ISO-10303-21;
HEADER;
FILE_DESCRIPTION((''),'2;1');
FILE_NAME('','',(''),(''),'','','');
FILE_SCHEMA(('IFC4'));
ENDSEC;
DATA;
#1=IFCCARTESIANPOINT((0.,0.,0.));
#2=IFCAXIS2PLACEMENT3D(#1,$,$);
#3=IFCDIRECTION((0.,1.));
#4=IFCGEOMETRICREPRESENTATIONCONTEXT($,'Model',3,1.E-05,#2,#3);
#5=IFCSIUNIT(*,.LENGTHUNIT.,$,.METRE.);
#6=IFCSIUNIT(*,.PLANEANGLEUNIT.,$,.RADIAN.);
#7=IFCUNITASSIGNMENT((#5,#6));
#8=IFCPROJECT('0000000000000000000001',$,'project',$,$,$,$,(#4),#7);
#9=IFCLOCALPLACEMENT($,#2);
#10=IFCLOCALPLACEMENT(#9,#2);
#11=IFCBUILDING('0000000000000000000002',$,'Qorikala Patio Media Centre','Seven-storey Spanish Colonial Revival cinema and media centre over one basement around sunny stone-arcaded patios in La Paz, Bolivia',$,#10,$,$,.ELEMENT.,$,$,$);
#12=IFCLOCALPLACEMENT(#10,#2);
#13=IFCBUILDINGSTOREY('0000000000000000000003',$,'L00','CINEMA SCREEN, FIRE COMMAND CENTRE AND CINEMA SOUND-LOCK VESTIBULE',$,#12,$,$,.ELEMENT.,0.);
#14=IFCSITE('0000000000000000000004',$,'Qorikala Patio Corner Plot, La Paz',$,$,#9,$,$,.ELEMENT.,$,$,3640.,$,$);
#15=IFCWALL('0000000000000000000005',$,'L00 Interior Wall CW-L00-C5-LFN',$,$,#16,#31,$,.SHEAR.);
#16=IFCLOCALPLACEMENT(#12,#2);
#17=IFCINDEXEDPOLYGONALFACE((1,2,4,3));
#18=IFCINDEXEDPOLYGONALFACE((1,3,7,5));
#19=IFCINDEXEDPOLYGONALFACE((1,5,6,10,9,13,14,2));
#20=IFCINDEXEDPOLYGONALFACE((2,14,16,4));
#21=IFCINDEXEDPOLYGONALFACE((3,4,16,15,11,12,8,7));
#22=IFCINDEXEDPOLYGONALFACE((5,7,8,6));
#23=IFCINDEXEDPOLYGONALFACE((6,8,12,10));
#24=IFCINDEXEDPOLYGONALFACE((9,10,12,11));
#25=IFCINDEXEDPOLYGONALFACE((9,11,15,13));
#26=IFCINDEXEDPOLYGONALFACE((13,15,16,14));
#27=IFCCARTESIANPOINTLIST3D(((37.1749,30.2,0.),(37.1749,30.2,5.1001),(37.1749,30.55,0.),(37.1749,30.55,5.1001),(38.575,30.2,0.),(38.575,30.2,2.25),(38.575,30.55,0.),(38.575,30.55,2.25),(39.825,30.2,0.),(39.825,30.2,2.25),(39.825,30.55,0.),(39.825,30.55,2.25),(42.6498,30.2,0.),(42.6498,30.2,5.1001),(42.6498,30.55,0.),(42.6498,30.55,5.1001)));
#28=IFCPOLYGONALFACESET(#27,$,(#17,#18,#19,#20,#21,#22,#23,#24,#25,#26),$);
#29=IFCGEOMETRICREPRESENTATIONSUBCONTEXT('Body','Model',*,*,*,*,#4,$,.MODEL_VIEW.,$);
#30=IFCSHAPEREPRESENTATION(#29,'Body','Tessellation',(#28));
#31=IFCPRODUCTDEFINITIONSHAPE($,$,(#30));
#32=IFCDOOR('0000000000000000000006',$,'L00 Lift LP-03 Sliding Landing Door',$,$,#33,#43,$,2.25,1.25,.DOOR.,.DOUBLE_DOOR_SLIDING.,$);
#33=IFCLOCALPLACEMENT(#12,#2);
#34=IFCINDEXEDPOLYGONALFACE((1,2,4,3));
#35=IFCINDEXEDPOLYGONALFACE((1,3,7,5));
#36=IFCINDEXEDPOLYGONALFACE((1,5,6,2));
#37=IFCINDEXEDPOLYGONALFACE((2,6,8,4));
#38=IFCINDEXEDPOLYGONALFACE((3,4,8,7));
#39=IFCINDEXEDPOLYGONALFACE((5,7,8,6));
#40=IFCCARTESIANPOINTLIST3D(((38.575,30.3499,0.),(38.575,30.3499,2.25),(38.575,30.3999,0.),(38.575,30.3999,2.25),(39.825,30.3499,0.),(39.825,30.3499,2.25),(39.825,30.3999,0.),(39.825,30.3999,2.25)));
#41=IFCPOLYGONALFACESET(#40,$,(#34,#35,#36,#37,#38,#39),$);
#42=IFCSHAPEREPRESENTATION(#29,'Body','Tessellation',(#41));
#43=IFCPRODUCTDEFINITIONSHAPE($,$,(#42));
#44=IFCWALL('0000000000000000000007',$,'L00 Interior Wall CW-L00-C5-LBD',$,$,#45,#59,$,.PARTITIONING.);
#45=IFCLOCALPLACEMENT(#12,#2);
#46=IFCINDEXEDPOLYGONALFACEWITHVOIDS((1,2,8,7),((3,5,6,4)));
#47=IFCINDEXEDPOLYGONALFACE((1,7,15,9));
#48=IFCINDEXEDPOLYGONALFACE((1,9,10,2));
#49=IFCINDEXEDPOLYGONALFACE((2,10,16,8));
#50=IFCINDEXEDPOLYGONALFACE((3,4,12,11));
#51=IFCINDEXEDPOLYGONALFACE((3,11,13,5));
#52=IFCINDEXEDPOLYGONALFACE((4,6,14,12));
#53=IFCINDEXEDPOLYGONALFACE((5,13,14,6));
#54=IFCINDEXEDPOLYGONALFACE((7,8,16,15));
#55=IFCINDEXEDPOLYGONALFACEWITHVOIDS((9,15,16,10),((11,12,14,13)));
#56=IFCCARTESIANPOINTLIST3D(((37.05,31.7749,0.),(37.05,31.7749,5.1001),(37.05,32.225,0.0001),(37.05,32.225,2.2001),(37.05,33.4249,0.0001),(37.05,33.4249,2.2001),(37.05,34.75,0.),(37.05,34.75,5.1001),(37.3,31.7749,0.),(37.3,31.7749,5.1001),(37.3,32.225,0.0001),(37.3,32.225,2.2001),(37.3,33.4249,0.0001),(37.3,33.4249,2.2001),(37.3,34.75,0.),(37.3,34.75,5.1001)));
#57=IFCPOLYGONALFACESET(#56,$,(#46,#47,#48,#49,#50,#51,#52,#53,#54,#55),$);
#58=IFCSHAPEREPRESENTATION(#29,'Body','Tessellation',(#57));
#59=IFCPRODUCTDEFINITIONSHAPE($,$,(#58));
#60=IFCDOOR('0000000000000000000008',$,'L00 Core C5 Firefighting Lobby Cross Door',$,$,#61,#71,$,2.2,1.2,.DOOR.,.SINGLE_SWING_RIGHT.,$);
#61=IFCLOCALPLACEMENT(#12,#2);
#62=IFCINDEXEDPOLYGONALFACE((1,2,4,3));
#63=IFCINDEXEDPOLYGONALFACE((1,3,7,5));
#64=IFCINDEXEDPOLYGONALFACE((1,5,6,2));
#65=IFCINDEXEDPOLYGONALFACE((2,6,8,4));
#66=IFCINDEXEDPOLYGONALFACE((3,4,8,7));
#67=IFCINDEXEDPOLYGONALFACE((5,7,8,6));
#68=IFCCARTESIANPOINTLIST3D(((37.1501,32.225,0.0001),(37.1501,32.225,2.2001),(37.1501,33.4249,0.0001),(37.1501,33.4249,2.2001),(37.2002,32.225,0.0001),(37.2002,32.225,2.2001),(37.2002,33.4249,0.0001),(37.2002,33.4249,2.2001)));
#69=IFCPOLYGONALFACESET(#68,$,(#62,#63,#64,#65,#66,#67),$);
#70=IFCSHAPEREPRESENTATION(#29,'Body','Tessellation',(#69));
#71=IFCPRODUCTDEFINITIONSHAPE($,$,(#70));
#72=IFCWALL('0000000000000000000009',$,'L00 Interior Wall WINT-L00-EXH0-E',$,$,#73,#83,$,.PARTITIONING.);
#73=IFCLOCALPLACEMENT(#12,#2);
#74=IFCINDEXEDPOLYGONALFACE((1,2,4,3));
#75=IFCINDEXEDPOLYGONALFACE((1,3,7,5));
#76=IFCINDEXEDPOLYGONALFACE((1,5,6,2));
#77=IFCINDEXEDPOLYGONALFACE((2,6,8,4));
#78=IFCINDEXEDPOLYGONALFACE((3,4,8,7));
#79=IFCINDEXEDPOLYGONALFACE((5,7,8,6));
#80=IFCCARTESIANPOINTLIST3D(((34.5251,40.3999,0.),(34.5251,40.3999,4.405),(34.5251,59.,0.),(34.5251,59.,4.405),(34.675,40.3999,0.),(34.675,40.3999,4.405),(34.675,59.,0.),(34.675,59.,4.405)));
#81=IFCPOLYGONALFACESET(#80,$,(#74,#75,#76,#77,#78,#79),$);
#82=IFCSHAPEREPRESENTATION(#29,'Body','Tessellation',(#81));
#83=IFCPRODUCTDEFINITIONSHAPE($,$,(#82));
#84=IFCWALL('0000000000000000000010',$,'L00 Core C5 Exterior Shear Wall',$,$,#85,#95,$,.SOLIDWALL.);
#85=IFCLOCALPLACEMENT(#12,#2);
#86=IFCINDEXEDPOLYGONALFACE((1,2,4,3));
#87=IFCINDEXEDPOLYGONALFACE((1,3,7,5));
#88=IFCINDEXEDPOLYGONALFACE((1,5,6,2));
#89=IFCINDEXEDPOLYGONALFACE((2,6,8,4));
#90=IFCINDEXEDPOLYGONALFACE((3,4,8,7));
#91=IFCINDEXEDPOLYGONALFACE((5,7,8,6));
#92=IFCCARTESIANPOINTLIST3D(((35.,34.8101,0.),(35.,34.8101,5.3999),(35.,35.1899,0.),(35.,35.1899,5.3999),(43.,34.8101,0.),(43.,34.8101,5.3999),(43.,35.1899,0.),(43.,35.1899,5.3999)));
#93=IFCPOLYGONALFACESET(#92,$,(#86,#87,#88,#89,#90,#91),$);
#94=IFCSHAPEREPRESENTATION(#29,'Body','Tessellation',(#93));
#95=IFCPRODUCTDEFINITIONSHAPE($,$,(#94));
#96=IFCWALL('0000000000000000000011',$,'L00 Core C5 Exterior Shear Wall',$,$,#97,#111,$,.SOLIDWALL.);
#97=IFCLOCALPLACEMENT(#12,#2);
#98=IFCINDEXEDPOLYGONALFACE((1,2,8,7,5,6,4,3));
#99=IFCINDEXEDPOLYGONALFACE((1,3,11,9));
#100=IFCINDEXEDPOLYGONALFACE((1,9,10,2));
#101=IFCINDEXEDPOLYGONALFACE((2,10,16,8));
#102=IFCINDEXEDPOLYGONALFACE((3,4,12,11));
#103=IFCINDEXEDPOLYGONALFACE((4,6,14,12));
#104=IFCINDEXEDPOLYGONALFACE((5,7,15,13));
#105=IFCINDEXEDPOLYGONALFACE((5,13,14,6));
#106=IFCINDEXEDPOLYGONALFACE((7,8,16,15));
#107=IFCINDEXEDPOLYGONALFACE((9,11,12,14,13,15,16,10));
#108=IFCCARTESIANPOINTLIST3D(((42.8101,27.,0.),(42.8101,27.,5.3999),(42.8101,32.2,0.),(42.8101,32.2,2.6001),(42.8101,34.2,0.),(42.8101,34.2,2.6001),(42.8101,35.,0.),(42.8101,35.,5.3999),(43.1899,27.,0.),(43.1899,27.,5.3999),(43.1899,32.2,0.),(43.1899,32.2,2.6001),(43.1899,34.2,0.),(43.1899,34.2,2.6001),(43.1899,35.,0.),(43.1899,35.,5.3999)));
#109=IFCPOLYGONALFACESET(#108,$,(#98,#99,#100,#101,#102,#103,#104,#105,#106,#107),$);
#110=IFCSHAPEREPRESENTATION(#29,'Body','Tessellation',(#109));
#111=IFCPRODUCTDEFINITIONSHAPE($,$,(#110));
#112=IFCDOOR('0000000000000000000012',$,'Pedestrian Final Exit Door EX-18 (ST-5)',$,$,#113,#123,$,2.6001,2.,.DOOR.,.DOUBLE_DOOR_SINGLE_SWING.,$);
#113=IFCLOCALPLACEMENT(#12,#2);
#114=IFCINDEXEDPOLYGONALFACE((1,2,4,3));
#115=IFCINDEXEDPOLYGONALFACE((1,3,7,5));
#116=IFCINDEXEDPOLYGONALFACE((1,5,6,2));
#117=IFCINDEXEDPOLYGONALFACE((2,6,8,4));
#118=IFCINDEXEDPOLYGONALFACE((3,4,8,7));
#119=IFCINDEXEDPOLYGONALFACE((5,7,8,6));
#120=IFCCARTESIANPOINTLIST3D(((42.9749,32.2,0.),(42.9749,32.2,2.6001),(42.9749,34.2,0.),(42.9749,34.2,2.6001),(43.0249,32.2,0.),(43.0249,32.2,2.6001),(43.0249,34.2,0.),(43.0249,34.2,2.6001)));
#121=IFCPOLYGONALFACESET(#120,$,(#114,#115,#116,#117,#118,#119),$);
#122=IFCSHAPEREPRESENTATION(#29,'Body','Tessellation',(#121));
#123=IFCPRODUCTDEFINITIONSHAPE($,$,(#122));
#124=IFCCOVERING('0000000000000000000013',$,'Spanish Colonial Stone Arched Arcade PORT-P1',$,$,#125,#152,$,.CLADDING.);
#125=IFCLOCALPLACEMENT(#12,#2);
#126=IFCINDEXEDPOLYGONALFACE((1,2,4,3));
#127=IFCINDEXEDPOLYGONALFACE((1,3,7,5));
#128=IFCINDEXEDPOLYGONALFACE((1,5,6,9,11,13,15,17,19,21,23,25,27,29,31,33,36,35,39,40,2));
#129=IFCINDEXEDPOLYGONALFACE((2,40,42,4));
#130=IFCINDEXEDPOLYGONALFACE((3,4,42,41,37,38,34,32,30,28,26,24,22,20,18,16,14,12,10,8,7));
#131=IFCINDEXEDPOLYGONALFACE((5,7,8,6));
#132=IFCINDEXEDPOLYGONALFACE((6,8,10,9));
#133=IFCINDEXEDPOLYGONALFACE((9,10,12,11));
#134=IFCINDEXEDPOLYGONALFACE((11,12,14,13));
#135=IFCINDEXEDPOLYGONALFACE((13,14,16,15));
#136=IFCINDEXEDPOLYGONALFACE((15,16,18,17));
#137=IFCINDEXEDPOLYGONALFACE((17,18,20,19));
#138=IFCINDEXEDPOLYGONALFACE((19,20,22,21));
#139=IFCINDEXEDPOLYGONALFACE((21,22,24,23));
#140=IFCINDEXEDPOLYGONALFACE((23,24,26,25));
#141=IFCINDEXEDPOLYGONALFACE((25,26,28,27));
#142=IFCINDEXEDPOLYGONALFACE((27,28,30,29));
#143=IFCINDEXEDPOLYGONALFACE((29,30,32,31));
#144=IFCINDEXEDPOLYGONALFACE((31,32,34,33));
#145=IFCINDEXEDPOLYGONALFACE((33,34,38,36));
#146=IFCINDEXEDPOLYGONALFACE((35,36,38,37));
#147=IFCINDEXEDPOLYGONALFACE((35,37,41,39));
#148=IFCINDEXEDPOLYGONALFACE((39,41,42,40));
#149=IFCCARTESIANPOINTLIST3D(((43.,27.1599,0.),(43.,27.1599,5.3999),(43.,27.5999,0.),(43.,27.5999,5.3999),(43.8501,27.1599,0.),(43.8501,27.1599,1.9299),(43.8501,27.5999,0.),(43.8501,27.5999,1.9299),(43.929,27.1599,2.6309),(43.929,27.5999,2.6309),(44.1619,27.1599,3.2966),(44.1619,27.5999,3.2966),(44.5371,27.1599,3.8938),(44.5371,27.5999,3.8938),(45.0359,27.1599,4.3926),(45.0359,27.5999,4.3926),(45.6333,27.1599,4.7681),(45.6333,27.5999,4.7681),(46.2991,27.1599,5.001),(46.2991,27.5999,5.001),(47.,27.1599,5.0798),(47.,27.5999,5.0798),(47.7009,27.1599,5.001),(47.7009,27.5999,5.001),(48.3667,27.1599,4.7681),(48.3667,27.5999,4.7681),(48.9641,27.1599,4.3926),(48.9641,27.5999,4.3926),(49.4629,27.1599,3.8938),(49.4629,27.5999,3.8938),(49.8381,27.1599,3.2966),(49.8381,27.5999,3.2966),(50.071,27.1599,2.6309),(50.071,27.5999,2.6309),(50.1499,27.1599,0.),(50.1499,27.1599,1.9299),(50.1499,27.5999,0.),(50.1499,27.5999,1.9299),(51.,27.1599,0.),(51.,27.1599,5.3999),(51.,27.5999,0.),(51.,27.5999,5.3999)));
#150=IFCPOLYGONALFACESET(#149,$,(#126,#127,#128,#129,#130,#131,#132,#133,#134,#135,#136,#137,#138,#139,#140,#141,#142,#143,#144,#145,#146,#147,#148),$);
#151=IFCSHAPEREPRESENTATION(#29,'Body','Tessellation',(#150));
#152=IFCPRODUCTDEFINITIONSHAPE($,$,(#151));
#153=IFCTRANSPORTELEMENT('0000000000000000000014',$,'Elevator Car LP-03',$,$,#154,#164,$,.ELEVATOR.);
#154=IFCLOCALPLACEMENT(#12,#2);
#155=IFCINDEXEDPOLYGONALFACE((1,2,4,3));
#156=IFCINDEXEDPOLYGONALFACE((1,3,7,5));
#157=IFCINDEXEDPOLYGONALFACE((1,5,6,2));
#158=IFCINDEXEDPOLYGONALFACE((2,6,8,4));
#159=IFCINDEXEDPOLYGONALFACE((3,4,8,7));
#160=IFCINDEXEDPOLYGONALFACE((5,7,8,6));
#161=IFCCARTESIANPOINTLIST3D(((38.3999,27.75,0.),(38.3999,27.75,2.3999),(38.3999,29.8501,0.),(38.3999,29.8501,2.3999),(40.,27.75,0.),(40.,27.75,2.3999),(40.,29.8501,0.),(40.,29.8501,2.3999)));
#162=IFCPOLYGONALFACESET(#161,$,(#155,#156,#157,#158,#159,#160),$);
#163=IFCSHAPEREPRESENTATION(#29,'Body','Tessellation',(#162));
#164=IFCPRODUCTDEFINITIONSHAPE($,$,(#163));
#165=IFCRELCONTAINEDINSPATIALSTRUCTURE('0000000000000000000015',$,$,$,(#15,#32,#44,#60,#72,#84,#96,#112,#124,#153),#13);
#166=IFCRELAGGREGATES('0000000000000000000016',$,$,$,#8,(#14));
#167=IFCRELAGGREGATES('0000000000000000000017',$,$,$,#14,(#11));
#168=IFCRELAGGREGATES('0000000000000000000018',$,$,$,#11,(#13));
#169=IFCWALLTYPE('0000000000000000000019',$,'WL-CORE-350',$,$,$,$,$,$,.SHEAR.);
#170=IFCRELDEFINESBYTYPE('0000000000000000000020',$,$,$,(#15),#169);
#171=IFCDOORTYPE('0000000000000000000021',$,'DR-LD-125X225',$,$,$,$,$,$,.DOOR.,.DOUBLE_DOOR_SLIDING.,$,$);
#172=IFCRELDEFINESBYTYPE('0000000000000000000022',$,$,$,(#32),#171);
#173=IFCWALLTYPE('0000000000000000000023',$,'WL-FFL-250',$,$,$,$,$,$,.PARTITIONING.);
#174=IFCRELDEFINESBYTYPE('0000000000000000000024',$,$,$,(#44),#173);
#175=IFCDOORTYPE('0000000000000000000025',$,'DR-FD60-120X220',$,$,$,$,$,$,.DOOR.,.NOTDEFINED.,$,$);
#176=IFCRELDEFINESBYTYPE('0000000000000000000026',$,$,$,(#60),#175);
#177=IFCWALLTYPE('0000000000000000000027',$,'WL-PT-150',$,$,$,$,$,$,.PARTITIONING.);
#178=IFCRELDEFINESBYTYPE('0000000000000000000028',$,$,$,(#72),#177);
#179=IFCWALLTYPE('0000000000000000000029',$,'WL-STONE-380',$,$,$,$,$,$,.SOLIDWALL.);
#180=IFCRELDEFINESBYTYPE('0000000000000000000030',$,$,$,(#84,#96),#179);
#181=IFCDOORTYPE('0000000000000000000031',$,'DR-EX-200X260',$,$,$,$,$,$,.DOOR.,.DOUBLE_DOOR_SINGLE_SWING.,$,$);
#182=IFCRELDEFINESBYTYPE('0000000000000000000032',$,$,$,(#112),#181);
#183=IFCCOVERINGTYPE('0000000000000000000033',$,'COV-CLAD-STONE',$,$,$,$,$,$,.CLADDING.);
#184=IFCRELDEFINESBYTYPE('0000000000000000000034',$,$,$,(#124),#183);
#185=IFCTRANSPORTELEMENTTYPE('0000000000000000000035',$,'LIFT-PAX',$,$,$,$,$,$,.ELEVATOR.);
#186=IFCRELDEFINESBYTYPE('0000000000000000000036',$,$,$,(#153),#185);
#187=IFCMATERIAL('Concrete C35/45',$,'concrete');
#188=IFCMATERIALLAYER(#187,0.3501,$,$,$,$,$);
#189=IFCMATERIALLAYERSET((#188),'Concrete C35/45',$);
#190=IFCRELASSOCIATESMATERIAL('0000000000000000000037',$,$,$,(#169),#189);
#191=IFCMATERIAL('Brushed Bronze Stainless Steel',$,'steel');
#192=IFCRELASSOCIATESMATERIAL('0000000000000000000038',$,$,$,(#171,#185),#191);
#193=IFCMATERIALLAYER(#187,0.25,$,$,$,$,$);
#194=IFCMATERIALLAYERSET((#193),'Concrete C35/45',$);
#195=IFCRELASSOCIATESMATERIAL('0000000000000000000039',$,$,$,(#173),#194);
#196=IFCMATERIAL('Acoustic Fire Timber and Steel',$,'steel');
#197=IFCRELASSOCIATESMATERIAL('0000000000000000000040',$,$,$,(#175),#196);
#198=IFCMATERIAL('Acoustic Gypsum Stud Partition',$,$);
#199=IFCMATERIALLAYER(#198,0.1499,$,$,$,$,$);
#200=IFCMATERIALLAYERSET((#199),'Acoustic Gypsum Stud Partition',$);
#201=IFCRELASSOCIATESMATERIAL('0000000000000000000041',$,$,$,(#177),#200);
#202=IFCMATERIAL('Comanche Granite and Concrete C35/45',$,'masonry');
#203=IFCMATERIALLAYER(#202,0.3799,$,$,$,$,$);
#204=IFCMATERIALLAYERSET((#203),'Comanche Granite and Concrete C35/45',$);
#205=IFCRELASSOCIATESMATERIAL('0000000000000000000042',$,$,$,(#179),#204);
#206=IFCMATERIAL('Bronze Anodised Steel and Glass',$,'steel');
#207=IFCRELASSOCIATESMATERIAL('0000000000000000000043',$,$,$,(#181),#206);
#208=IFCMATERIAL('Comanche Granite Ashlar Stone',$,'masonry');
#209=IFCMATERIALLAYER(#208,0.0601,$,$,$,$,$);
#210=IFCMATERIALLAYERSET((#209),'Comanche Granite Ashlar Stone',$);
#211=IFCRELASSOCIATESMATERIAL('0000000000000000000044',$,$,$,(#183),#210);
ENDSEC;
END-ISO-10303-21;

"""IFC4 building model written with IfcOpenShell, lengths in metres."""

from ifc_helpers import new_model, si_unit, direction, frame, frame_2d, origin, origin_2d, place, context, subcontext, project, spatial, polyline, rectangle, outline, extrude, material, layer, layer_set, type_object, element, fill, save


model = new_model("IFC4")

# Units and contexts
model_context = context("Model", 3, precision=1e-05, world=origin(), true_north=direction((0.0, 1.0)))
body_context = subcontext(model_context, "Body", "Model", "MODEL_VIEW")
ifc_project = project(units=[si_unit("LENGTHUNIT", "METRE"), si_unit("PLANEANGLEUNIT", "RADIAN")], contexts=[model_context])

# Site, building, storey
site_placement = place(None, origin())
site = spatial("IfcSite", under=ifc_project, at=site_placement, Name="Qorikala Patio Corner Plot, La Paz", CompositionType="ELEMENT", RefElevation=3640.0)
building_placement = place(site_placement, origin())
building = spatial("IfcBuilding", under=site, at=building_placement, Name="Qorikala Patio Media Centre", Description="Seven-storey Spanish Colonial Revival cinema and media centre over one basement around sunny stone-arcaded patios in La Paz, Bolivia", CompositionType="ELEMENT")
storey_placement = place(building_placement, origin())
storey = spatial("IfcBuildingStorey", under=building, at=storey_placement, Name="L00", Description="CINEMA SCREEN, FIRE COMMAND CENTRE AND CINEMA SOUND-LOCK VESTIBULE", CompositionType="ELEMENT", Elevation=0.0)

# Shared definitions
ifc_material_1 = material(Name="Concrete C35/45", Category="concrete")

# Shared definitions
ifc_layer_1 = layer(ifc_material_1, 0.3501)
ifc_layer_set_1 = layer_set([ifc_layer_1], Name="Concrete C35/45")
wall_type_1 = type_object("IfcWallType", Name="WL-CORE-350", PredefinedType="SHEAR", material=ifc_layer_set_1)

# Walls, openings, doors
wall_1_placement = place(storey_placement, frame((37.175, 30.375, 0.0), z_axis=(0.0, 0.0, 1.0), x_axis=(1.0, 0.0, 0.0)))
wall_1 = element("IfcWall", 1, at=wall_1_placement, inside=storey, type_object=wall_type_1, Name="L00 Interior Wall CW-L00-C5-LFN", PredefinedType="SHEAR", context=body_context, shape_type="SweptSolid", body=[
    extrude(rectangle(XDim=5.4749, YDim=0.3501, at=frame_2d((2.7373, 0.0))), origin(), (0.0, 0.0, 1.0), 5.1001),
])
opening_1_placement = place(wall_1_placement, frame((1.3999, 0.0, 0.0)))
opening_1 = element("IfcOpeningElement", 2, at=opening_1_placement, cuts=wall_1, PredefinedType="OPENING", context=body_context, shape_type="SweptSolid", body=[
    extrude(rectangle(XDim=1.25, YDim=2.25, at=frame_2d((0.625, 1.125))), frame((0.0, 0.1851, 0.0), z_axis=(0.0, -1.0, 0.0), x_axis=(1.0, 0.0, 0.0)), (0.0, 0.0, 1.0), 0.3701),
])
ifc_material_2 = material(Name="Brushed Bronze Stainless Steel", Category="steel")
door_type_1 = type_object("IfcDoorType", Name="DR-LD-125X225", OperationType="DOUBLE_DOOR_SLIDING", PredefinedType="DOOR", material=ifc_material_2)
door_1_placement = place(opening_1_placement, origin())
door_1 = element("IfcDoor", 3, at=door_1_placement, inside=storey, type_object=door_type_1, Name="L00 Lift LP-03 Sliding Landing Door", OperationType="DOUBLE_DOOR_SLIDING", OverallHeight=2.25, OverallWidth=1.25, PredefinedType="DOOR", context=body_context, shape_type="SweptSolid", body=[
    extrude(rectangle(XDim=1.25, YDim=2.25, at=frame_2d((0.625, 1.125))), frame((0.0, 0.0249, 0.0), z_axis=(0.0, -1.0, 0.0), x_axis=(1.0, 0.0, 0.0)), (0.0, 0.0, 1.0), 0.05),
])
fill(opening_1, door_1)
ifc_layer_2 = layer(ifc_material_1, 0.25)
ifc_layer_set_2 = layer_set([ifc_layer_2], Name="Concrete C35/45")
wall_type_2 = type_object("IfcWallType", Name="WL-FFL-250", PredefinedType="PARTITIONING", material=ifc_layer_set_2)
wall_2_placement = place(storey_placement, frame((37.175, 31.7749, 0.0), z_axis=(0.0, 0.0, 1.0), x_axis=(0.0, 1.0, 0.0)))
wall_2 = element("IfcWall", 4, at=wall_2_placement, inside=storey, type_object=wall_type_2, Name="L00 Interior Wall CW-L00-C5-LBD", PredefinedType="PARTITIONING", context=body_context, shape_type="SweptSolid", body=[
    extrude(rectangle(XDim=2.9751, YDim=0.25, at=frame_2d((1.4875, 0.0))), origin(), (0.0, 0.0, 1.0), 5.1001),
])
opening_2_placement = place(wall_2_placement, frame((0.45, 0.0, 0.0)))
opening_2 = element("IfcOpeningElement", 5, at=opening_2_placement, cuts=wall_2, PredefinedType="OPENING", context=body_context, shape_type="SweptSolid", body=[
    extrude(rectangle(XDim=1.2, YDim=2.2, at=frame_2d((0.6001, 1.1001))), frame((0.0, 0.135, 0.0), z_axis=(0.0, -1.0, 0.0), x_axis=(1.0, 0.0, 0.0)), (0.0, 0.0, 1.0), 0.27),
])
ifc_material_3 = material(Name="Acoustic Fire Timber and Steel", Category="steel")
door_type_2 = type_object("IfcDoorType", Name="DR-FD60-120X220", OperationType="NOTDEFINED", PredefinedType="DOOR", material=ifc_material_3)
door_2_placement = place(opening_2_placement, origin())
door_2 = element("IfcDoor", 6, at=door_2_placement, inside=storey, type_object=door_type_2, Name="L00 Core C5 Firefighting Lobby Cross Door", OperationType="SINGLE_SWING_RIGHT", OverallHeight=2.2, OverallWidth=1.2, PredefinedType="DOOR", context=body_context, shape_type="SweptSolid", body=[
    extrude(rectangle(XDim=1.2, YDim=2.2, at=frame_2d((0.6001, 1.1001))), frame((0.0, 0.0249, 0.0), z_axis=(0.0, -1.0, 0.0), x_axis=(1.0, 0.0, 0.0)), (0.0, 0.0, 1.0), 0.05),
])
fill(opening_2, door_2)

# Walls
ifc_material_4 = material(Name="Acoustic Gypsum Stud Partition")
ifc_layer_3 = layer(ifc_material_4, 0.1499)
ifc_layer_set_3 = layer_set([ifc_layer_3], Name="Acoustic Gypsum Stud Partition")
wall_type_3 = type_object("IfcWallType", Name="WL-PT-150", PredefinedType="PARTITIONING", material=ifc_layer_set_3)
wall_3_placement = place(storey_placement, frame((34.6001, 40.3999, 0.0), z_axis=(0.0, 0.0, 1.0), x_axis=(0.0, 1.0, 0.0)))
element("IfcWall", 7, at=wall_3_placement, inside=storey, type_object=wall_type_3, Name="L00 Interior Wall WINT-L00-EXH0-E", PredefinedType="PARTITIONING", context=body_context, shape_type="SweptSolid", body=[
    extrude(rectangle(XDim=18.6001, YDim=0.1499, at=frame_2d((9.3, 0.0))), origin(), (0.0, 0.0, 1.0), 4.405),
])
ifc_material_5 = material(Name="Comanche Granite and Concrete C35/45", Category="masonry")
ifc_layer_4 = layer(ifc_material_5, 0.3799)
ifc_layer_set_4 = layer_set([ifc_layer_4], Name="Comanche Granite and Concrete C35/45")
wall_type_4 = type_object("IfcWallType", Name="WL-STONE-380", PredefinedType="SOLIDWALL", material=ifc_layer_set_4)
wall_4_placement = place(storey_placement, frame((35.0, 35.0, 0.0), z_axis=(0.0, 0.0, 1.0), x_axis=(1.0, 0.0, 0.0)))
element("IfcWall", 8, at=wall_4_placement, inside=storey, type_object=wall_type_4, Name="L00 Core C5 Exterior Shear Wall", PredefinedType="SOLIDWALL", context=body_context, shape_type="SweptSolid", body=[
    extrude(rectangle(XDim=8.0, YDim=0.3799, at=frame_2d((4.0, 0.0))), origin(), (0.0, 0.0, 1.0), 5.3999),
])

# Wall, opening, door
wall_5_placement = place(storey_placement, frame((43.0, 35.0, 0.0), z_axis=(0.0, 0.0, 1.0), x_axis=(0.0, -1.0, 0.0)))
wall_5 = element("IfcWall", 9, at=wall_5_placement, inside=storey, type_object=wall_type_4, Name="L00 Core C5 Exterior Shear Wall", PredefinedType="SOLIDWALL", context=body_context, shape_type="SweptSolid", body=[
    extrude(rectangle(XDim=8.0, YDim=0.3799, at=frame_2d((4.0, 0.0))), origin(), (0.0, 0.0, 1.0), 5.3999),
])
opening_3_placement = place(wall_5_placement, frame((0.8, 0.0, 0.0)))
opening_3 = element("IfcOpeningElement", 10, at=opening_3_placement, cuts=wall_5, PredefinedType="OPENING", context=body_context, shape_type="SweptSolid", body=[
    extrude(rectangle(XDim=2.0, YDim=2.6001, at=frame_2d((1.0, 1.3))), frame((0.0, 0.2, 0.0), z_axis=(0.0, -1.0, 0.0), x_axis=(1.0, 0.0, 0.0)), (0.0, 0.0, 1.0), 0.3999),
])
ifc_material_6 = material(Name="Bronze Anodised Steel and Glass", Category="steel")
door_type_3 = type_object("IfcDoorType", Name="DR-EX-200X260", OperationType="DOUBLE_DOOR_SINGLE_SWING", PredefinedType="DOOR", material=ifc_material_6)
door_3_placement = place(opening_3_placement, origin())
door_3 = element("IfcDoor", 11, at=door_3_placement, inside=storey, type_object=door_type_3, Name="Pedestrian Final Exit Door EX-18 (ST-5)", OperationType="DOUBLE_DOOR_SINGLE_SWING", OverallHeight=2.6001, OverallWidth=2.0, PredefinedType="DOOR", context=body_context, shape_type="SweptSolid", body=[
    extrude(rectangle(XDim=2.0, YDim=2.6001, at=frame_2d((1.0, 1.3))), frame((0.0, 0.0249, 0.0), z_axis=(0.0, -1.0, 0.0), x_axis=(1.0, 0.0, 0.0)), (0.0, 0.0, 1.0), 0.05),
])
fill(opening_3, door_3)

# Covering
ifc_material_7 = material(Name="Comanche Granite Ashlar Stone", Category="masonry")
ifc_layer_5 = layer(ifc_material_7, 0.0601)
ifc_layer_set_5 = layer_set([ifc_layer_5], Name="Comanche Granite Ashlar Stone")
covering_type = type_object("IfcCoveringType", Name="COV-CLAD-STONE", PredefinedType="CLADDING", material=ifc_layer_set_5)
covering_placement = place(storey_placement, frame((43.0, 27.3799, 0.0), z_axis=(0.0, 0.0, 1.0), x_axis=(1.0, 0.0, 0.0)))
element("IfcCovering", 12, at=covering_placement, inside=storey, type_object=covering_type, Name="Spanish Colonial Stone Arched Arcade PORT-P1", PredefinedType="CLADDING", context=body_context, shape_type="SweptSolid", body=[
    extrude(outline(polyline([(0.0, 0.0), (0.8501, 0.0), (0.8501, 1.9299), (0.929, 2.6309), (1.1619, 3.2966), (1.5371, 3.8938), (2.0359, 4.3926), (2.6333, 4.7681), (3.2991, 5.001), (4.0, 5.0798), (4.7009, 5.001), (5.3667, 4.7681), (5.9641, 4.3926), (6.4629, 3.8938), (6.8381, 3.2966), (7.071, 2.6309), (7.1499, 1.9299), (7.1499, 0.0), (8.0, 0.0), (8.0, 5.3999), (0.0, 5.3999), (0.0, 0.0)])), frame((0.0, 0.22, 0.0), z_axis=(0.0, -1.0, 0.0), x_axis=(1.0, 0.0, 0.0)), (0.0, 0.0, 1.0), 0.4399),
])

# Transport element
transport_element_type = type_object("IfcTransportElementType", Name="LIFT-PAX", PredefinedType="ELEVATOR", material=ifc_material_2)
transport_element_placement = place(storey_placement, frame((39.2, 28.8, 0.0), z_axis=(0.0, 0.0, 1.0), x_axis=(1.0, 0.0, 0.0)))
element("IfcTransportElement", 13, at=transport_element_placement, inside=storey, type_object=transport_element_type, Name="Elevator Car LP-03", PredefinedType="ELEVATOR", context=body_context, shape_type="SweptSolid", body=[
    extrude(rectangle(XDim=1.6001, YDim=2.1001, at=origin_2d()), origin(), (0.0, 0.0, 1.0), 2.3999),
])

save(model, "model.ifc")
